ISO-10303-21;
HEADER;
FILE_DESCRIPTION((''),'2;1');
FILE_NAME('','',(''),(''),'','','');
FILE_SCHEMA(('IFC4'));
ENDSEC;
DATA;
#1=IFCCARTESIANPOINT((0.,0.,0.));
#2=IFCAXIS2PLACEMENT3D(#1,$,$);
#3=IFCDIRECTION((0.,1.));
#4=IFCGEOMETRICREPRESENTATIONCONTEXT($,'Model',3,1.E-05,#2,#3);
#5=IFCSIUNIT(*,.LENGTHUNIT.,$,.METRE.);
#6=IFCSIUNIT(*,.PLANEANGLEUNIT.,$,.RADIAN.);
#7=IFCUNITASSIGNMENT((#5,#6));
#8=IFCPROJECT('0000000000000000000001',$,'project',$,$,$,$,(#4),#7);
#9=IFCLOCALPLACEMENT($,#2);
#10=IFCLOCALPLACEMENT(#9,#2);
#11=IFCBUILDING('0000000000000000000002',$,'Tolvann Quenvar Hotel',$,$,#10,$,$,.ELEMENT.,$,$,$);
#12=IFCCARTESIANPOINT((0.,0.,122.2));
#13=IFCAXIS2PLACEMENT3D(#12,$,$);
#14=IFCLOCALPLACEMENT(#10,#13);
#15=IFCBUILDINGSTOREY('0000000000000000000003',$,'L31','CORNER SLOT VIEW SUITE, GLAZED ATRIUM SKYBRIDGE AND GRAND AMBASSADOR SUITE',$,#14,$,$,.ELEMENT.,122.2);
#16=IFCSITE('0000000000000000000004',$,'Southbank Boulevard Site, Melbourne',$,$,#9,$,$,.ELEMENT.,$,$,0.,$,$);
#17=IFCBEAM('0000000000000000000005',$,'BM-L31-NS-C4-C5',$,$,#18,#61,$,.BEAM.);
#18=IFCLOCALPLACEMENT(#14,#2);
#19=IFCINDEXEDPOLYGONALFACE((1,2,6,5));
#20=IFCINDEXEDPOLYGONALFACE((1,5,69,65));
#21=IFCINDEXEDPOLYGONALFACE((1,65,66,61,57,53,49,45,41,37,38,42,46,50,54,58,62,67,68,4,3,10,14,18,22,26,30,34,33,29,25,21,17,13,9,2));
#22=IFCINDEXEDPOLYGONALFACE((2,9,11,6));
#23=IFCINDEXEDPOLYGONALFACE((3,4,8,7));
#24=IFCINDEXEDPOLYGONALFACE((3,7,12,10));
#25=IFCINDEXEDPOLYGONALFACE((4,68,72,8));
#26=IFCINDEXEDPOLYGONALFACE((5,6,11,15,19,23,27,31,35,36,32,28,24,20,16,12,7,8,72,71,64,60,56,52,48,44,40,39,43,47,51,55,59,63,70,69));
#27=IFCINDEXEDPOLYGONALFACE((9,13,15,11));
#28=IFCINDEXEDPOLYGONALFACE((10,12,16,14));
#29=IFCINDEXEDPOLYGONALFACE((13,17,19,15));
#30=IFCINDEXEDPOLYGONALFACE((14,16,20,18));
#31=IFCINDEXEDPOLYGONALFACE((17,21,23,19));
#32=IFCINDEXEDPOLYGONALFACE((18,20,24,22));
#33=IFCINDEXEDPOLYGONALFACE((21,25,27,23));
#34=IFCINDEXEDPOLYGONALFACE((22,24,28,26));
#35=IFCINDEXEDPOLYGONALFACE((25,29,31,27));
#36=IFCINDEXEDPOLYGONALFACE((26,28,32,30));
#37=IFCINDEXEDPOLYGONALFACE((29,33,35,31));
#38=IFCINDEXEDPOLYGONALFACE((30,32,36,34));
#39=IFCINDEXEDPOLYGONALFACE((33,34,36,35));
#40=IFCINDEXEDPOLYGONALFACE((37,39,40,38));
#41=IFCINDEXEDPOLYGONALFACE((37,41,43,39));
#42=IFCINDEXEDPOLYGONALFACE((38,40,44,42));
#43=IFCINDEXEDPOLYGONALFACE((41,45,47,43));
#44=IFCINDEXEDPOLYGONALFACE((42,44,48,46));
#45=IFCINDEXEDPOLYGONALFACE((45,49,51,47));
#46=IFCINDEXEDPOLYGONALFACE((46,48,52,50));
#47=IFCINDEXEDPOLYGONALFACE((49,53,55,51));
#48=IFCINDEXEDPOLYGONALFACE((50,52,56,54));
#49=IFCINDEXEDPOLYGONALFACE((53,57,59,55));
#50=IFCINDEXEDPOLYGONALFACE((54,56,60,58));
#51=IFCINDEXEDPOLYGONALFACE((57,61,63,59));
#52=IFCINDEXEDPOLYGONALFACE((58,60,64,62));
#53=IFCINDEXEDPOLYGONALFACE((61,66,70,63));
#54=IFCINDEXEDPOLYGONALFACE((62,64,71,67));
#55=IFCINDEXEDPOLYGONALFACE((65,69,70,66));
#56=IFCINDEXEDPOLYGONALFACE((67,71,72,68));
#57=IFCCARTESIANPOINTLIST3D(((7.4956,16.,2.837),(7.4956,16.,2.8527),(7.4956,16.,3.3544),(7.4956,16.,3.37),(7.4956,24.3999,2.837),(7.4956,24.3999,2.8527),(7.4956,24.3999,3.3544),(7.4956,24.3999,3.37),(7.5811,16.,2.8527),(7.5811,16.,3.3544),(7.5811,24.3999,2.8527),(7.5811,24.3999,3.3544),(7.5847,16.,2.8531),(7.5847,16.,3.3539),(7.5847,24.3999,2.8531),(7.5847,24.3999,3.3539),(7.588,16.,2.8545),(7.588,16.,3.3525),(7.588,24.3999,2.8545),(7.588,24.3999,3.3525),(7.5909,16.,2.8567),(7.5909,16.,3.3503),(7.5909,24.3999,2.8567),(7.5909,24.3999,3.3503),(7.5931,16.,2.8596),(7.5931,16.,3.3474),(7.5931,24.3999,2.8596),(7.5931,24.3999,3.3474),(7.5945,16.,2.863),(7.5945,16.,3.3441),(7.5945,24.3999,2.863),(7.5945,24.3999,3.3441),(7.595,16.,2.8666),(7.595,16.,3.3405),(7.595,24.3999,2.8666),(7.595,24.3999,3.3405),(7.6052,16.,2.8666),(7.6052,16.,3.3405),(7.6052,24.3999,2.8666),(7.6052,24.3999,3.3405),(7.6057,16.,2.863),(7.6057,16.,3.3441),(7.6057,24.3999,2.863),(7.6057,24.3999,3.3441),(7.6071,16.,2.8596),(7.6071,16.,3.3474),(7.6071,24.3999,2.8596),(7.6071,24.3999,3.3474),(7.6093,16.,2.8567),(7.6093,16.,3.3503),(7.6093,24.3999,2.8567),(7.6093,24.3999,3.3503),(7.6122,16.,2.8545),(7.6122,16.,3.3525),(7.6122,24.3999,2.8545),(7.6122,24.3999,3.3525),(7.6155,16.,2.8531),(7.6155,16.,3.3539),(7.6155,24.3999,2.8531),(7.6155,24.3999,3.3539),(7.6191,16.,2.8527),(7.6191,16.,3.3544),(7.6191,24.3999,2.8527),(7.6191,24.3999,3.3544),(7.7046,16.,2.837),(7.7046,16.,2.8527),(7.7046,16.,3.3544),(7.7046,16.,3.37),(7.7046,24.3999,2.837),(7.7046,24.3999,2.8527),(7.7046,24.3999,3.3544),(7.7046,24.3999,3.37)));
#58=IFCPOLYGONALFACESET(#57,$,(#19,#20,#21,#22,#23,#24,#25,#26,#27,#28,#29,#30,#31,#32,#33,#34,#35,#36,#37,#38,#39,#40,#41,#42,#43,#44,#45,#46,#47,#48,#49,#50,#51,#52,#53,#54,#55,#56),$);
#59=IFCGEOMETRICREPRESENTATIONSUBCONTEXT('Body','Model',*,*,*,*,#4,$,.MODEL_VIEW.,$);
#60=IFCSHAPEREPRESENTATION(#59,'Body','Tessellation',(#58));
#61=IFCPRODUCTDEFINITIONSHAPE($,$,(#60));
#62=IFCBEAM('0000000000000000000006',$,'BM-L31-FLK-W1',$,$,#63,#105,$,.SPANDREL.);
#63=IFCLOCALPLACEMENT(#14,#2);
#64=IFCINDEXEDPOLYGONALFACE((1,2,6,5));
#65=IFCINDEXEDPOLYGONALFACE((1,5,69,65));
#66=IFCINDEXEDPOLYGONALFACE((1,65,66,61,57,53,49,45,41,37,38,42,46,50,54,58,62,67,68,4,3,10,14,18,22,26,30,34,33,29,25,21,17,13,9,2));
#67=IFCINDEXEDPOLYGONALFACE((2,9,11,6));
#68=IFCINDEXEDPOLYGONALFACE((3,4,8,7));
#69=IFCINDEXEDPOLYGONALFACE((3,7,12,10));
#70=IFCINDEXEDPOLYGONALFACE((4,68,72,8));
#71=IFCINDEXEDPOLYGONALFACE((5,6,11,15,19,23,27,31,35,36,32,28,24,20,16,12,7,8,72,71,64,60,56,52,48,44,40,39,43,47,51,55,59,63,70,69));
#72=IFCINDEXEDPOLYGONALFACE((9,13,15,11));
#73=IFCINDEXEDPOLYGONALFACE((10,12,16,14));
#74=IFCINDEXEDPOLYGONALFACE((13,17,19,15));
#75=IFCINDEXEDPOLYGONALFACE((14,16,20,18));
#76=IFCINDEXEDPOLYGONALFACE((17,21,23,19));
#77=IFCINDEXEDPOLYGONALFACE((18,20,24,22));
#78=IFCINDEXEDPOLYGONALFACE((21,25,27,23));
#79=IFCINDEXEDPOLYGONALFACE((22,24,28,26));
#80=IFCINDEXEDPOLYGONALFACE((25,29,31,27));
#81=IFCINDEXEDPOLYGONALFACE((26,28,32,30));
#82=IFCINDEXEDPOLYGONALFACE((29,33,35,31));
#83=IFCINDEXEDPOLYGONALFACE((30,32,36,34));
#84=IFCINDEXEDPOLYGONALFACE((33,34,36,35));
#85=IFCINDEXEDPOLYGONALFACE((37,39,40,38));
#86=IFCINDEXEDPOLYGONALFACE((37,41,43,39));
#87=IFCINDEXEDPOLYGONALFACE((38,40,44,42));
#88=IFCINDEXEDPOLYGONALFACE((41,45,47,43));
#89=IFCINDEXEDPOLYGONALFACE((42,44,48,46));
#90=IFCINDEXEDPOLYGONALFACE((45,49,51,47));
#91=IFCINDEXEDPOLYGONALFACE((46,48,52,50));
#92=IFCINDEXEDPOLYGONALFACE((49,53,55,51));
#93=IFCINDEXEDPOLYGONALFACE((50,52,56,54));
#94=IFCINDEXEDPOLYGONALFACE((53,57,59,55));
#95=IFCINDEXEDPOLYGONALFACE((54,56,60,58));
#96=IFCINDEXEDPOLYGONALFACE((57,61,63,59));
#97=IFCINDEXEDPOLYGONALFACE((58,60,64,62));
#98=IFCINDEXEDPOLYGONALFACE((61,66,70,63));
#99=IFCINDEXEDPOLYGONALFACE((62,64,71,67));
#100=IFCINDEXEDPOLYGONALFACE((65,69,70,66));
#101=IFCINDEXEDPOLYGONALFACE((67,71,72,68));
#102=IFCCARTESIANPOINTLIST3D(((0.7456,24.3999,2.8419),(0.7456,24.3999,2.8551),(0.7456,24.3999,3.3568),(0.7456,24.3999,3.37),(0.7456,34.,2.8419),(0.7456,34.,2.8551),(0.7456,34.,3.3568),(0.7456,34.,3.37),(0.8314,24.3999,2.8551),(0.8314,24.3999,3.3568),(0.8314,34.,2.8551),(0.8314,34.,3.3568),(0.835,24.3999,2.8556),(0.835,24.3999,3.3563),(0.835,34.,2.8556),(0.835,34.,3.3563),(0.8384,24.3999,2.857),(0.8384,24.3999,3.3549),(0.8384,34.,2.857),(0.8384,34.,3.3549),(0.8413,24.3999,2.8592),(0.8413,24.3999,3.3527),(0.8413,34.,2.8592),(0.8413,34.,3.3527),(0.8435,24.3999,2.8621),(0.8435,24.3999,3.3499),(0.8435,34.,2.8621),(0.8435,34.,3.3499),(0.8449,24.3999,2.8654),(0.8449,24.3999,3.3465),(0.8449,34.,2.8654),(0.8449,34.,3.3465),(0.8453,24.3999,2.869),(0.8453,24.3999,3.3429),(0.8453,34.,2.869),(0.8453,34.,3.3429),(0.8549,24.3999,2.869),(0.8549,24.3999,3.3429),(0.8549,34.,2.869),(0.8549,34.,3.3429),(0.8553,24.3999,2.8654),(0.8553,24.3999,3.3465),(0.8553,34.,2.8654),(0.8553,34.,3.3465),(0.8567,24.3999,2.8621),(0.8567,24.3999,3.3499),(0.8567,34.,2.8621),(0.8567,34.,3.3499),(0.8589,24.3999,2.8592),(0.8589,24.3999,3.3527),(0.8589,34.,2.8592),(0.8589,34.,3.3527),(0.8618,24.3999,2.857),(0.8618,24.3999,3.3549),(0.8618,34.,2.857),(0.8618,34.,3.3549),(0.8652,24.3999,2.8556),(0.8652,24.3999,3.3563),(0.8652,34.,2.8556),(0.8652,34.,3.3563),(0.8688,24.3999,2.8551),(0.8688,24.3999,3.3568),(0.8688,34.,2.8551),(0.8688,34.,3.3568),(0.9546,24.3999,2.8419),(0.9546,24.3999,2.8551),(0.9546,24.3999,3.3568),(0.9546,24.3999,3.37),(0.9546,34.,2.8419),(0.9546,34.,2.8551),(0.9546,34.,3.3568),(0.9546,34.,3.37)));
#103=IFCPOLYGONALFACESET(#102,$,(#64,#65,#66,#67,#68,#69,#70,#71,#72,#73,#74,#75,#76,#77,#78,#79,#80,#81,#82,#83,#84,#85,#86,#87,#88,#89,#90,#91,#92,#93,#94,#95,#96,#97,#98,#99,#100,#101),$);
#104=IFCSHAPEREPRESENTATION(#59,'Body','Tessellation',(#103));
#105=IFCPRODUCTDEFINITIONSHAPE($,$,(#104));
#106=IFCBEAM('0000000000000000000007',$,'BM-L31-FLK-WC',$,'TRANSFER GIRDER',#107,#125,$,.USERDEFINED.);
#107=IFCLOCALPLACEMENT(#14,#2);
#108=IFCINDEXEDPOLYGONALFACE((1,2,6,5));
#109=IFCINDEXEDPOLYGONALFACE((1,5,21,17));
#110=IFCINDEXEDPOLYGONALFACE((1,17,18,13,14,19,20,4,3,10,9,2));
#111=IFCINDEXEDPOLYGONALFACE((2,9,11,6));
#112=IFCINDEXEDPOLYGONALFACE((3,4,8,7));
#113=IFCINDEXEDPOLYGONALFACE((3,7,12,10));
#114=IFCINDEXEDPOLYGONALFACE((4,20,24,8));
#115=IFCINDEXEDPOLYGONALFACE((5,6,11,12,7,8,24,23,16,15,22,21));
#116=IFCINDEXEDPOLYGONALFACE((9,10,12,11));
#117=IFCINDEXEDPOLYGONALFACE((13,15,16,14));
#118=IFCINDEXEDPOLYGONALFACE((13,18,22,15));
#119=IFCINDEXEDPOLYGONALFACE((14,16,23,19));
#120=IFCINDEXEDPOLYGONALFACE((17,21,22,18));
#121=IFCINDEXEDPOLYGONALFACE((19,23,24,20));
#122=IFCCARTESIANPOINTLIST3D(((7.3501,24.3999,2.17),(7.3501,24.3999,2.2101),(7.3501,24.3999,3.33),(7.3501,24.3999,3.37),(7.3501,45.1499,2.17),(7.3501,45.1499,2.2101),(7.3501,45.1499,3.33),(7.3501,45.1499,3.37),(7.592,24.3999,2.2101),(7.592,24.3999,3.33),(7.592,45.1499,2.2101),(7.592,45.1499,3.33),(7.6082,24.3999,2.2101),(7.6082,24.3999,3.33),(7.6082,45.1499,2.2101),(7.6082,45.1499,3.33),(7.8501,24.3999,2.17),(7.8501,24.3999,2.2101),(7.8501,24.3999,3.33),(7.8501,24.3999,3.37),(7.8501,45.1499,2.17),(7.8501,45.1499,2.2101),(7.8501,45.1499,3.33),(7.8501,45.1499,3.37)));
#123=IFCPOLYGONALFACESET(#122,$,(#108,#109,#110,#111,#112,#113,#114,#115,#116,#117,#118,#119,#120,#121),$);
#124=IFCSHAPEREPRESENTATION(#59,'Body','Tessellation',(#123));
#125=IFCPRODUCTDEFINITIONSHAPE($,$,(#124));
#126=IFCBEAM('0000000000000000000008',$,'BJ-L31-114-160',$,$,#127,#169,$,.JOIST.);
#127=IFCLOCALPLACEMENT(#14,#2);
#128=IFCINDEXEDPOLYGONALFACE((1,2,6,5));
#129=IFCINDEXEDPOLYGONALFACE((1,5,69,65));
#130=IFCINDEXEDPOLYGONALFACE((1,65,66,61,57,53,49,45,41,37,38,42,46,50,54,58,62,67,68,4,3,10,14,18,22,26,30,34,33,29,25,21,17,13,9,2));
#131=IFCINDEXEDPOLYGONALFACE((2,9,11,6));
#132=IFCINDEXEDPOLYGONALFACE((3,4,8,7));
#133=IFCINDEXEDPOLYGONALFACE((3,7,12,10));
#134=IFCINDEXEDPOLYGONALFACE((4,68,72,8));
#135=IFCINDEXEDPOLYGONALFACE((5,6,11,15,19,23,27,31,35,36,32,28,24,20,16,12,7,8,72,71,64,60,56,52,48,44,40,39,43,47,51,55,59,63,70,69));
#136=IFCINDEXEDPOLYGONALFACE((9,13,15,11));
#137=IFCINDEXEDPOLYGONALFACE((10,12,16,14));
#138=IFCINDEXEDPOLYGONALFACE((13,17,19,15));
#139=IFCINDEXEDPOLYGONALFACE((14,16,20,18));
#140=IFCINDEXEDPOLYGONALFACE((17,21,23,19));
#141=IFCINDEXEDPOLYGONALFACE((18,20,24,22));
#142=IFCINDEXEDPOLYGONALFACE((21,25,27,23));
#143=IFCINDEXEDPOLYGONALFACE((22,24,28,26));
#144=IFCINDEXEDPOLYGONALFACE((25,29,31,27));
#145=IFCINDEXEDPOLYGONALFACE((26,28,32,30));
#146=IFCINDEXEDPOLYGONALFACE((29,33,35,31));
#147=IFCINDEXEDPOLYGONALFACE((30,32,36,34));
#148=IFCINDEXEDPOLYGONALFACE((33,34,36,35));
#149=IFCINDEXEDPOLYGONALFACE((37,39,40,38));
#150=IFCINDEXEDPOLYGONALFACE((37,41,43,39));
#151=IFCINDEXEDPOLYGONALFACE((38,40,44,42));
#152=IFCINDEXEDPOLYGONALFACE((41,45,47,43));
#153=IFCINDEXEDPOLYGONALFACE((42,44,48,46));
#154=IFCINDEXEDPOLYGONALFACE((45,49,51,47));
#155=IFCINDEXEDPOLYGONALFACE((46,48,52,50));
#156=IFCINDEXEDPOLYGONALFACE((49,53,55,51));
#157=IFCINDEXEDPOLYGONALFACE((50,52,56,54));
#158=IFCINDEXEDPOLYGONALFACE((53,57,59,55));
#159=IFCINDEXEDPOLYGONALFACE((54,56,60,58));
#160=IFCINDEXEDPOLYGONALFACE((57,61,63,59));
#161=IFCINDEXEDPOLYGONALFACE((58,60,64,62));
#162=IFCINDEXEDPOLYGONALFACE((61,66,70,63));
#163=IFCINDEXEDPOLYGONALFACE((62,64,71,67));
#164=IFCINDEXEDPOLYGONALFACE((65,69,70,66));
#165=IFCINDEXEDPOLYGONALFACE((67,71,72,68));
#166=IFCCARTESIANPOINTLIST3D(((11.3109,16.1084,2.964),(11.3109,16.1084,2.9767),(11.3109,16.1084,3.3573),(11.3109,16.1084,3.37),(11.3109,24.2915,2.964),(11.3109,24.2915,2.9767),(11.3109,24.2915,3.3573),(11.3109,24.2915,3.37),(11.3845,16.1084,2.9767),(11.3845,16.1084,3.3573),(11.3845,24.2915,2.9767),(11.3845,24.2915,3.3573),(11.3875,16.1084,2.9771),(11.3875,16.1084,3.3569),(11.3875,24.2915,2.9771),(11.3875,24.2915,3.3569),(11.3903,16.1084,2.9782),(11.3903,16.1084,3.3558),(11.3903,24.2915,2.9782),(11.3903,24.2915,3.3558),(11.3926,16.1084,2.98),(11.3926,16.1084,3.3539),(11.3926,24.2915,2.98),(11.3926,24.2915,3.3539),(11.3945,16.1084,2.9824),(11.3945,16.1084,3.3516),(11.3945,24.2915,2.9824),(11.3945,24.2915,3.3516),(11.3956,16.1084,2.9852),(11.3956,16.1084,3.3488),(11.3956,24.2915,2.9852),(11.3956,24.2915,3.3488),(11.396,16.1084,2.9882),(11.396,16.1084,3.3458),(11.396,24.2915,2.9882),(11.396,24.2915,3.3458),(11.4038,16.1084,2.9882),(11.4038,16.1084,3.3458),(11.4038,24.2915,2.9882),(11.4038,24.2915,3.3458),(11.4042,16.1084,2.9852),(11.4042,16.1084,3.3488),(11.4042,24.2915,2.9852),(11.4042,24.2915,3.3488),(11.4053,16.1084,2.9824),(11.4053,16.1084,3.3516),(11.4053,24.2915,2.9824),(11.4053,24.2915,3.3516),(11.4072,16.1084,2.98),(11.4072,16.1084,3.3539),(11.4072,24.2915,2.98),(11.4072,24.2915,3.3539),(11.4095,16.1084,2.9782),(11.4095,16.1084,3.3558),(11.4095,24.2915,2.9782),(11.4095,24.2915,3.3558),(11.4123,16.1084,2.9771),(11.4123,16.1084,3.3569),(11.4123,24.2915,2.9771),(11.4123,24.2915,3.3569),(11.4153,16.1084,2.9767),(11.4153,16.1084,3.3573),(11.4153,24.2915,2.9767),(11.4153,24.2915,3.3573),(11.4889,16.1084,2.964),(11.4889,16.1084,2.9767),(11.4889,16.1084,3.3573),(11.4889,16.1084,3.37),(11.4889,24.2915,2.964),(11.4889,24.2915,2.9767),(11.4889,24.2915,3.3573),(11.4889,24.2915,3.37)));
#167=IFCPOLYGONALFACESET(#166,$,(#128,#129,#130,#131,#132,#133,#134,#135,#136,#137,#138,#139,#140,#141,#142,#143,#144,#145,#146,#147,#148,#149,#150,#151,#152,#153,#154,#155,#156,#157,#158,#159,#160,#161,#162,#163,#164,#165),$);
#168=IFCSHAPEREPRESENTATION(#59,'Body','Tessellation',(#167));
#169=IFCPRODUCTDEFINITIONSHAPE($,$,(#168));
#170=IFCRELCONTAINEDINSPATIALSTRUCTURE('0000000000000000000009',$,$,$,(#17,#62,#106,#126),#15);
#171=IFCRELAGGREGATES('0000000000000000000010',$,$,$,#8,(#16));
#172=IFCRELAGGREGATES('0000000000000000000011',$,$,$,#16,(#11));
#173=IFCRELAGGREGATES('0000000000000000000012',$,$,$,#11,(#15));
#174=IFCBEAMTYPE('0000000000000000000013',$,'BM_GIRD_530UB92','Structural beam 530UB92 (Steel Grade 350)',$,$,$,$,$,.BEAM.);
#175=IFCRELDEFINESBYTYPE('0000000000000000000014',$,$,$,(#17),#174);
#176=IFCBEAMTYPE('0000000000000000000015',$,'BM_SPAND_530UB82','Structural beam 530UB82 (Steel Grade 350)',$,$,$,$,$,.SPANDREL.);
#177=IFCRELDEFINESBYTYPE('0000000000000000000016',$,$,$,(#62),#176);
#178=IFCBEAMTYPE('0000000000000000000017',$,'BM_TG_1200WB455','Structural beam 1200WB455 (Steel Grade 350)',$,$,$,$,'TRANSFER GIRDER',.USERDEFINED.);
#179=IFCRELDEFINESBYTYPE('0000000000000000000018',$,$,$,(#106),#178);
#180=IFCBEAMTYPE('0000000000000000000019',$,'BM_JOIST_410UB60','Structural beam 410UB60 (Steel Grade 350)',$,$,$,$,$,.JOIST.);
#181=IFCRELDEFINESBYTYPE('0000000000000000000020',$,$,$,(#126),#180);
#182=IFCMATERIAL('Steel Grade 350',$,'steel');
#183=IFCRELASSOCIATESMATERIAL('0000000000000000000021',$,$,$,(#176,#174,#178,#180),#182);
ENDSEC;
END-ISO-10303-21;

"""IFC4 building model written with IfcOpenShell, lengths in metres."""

from ifc_helpers import new_model, si_unit, direction, frame, origin, origin_2d, place, context, subcontext, project, spatial, i_section, extrude, source, transform, mapped, material, material_profile, profile_set, type_object, type_shapes, element, save


model = new_model("IFC4")

# Units and contexts
model_context = context("Model", 3, precision=1e-05, world=origin(), true_north=direction((0.0, 1.0)))
body_context = subcontext(model_context, "Body", "Model", "MODEL_VIEW")
ifc_project = project(units=[si_unit("LENGTHUNIT", "METRE"), si_unit("PLANEANGLEUNIT", "RADIAN")], contexts=[model_context])

# Site, building, storey
site_placement = place(None, origin())
site = spatial("IfcSite", under=ifc_project, at=site_placement, Name="Southbank Boulevard Site, Melbourne", CompositionType="ELEMENT", RefElevation=0.0)
building_placement = place(site_placement, origin())
building = spatial("IfcBuilding", under=site, at=building_placement, Name="Tolvann Quenvar Hotel", CompositionType="ELEMENT")
storey_placement = place(building_placement, frame((0.0, 0.0, 122.2)))
storey = spatial("IfcBuildingStorey", under=building, at=storey_placement, Name="L31", Description="CORNER SLOT VIEW SUITE, GLAZED ATRIUM SKYBRIDGE AND GRAND AMBASSADOR SUITE", CompositionType="ELEMENT", Elevation=122.2)

# Shared definitions
ifc_material_1 = material(Name="Steel Grade 350", Category="steel")

# Beams
ifc_material_profile_1 = material_profile(ifc_material_1, i_section(OverallWidth=0.209, OverallDepth=0.5281, WebThickness=0.0095, FlangeThickness=0.0132, FilletRadius=0.0139, at=origin_2d()), Name="530UB82")
ifc_profile_set_1 = profile_set([ifc_material_profile_1], Name="Steel Grade 350")
beam_type_1 = type_object("IfcBeamType", Name="BM_SPAND_530UB82", Description="Structural beam 530UB82 (Steel Grade 350)", PredefinedType="SPANDREL", material=ifc_profile_set_1)
ifc_material_profile_2 = material_profile(ifc_material_1, i_section(OverallWidth=0.209, OverallDepth=0.533, WebThickness=0.0103, FlangeThickness=0.0156, FilletRadius=0.0139, at=origin_2d()), Name="530UB92")
ifc_profile_set_2 = profile_set([ifc_material_profile_2], Name="Steel Grade 350")
beam_type_2 = type_object("IfcBeamType", Name="BM_GIRD_530UB92", Description="Structural beam 530UB92 (Steel Grade 350)", PredefinedType="BEAM", material=ifc_profile_set_2)
shared_shape_1 = source(origin(), body_context, "Body", "SweptSolid", [
    extrude(i_section(OverallWidth=0.209, OverallDepth=0.533, WebThickness=0.0103, FlangeThickness=0.0156, FilletRadius=0.0139, at=origin_2d()), origin(), (0.0, 0.0, 1.0), 8.3999),
])
type_shapes(beam_type_2, [shared_shape_1])
beam_1_placement = place(storey_placement, frame((7.6001, 16.0, 3.1035), z_axis=(0.0, 1.0, 0.0), x_axis=(-1.0, 0.0, 0.0)))
element("IfcBeam", 1, at=beam_1_placement, inside=storey, type_object=beam_type_2, Name="BM-L31-NS-C4-C5", PredefinedType="BEAM", context=body_context, shape_type="MappedRepresentation", body=[
    mapped(shared_shape_1, transform((0.0, 0.0, 0.0), x_axis=(1.0, 0.0, 0.0), y_axis=(0.0, 1.0, 0.0), z_axis=(0.0, 0.0, 1.0), scale=1.0)),
])
shared_shape_2 = source(origin(), body_context, "Body", "SweptSolid", [
    extrude(i_section(OverallWidth=0.209, OverallDepth=0.5281, WebThickness=0.0095, FlangeThickness=0.0132, FilletRadius=0.0139, at=origin_2d()), origin(), (0.0, 0.0, 1.0), 9.6001),
])
beam_2_placement = place(storey_placement, frame((0.8501, 24.3999, 3.106), z_axis=(0.0, 1.0, 0.0), x_axis=(-1.0, 0.0, 0.0)))
element("IfcBeam", 2, at=beam_2_placement, inside=storey, type_object=beam_type_1, Name="BM-L31-FLK-W1", PredefinedType="SPANDREL", context=body_context, shape_type="MappedRepresentation", body=[
    mapped(shared_shape_2, transform((0.0, 0.0, 0.0), x_axis=(1.0, 0.0, 0.0), y_axis=(0.0, 1.0, 0.0), z_axis=(0.0, 0.0, 1.0), scale=1.0)),
])
ifc_material_profile_3 = material_profile(ifc_material_1, i_section(OverallWidth=0.5, OverallDepth=1.2, WebThickness=0.0161, FlangeThickness=0.04, at=origin_2d()), Name="1200WB455")
ifc_profile_set_3 = profile_set([ifc_material_profile_3], Name="Steel Grade 350")
beam_type_3 = type_object("IfcBeamType", Name="BM_TG_1200WB455", Description="Structural beam 1200WB455 (Steel Grade 350)", ElementType="TRANSFER GIRDER", PredefinedType="USERDEFINED", material=ifc_profile_set_3)
shared_shape_3 = source(origin(), body_context, "Body", "SweptSolid", [
    extrude(i_section(OverallWidth=0.5, OverallDepth=1.2, WebThickness=0.0161, FlangeThickness=0.04, at=origin_2d()), origin(), (0.0, 0.0, 1.0), 20.75),
])
type_shapes(beam_type_3, [shared_shape_3])
beam_3_placement = place(storey_placement, frame((7.6001, 24.3999, 2.77), z_axis=(0.0, 1.0, 0.0), x_axis=(-1.0, 0.0, 0.0)))
element("IfcBeam", 3, at=beam_3_placement, inside=storey, type_object=beam_type_3, Name="BM-L31-FLK-WC", ObjectType="TRANSFER GIRDER", PredefinedType="USERDEFINED", context=body_context, shape_type="MappedRepresentation", body=[
    mapped(shared_shape_3, transform((0.0, 0.0, 0.0), x_axis=(1.0, 0.0, 0.0), y_axis=(0.0, 1.0, 0.0), z_axis=(0.0, 0.0, 1.0), scale=1.0)),
])
ifc_material_profile_4 = material_profile(ifc_material_1, i_section(OverallWidth=0.178, OverallDepth=0.406, WebThickness=0.0078, FlangeThickness=0.0127, FilletRadius=0.0115, at=origin_2d()), Name="410UB60")
ifc_profile_set_4 = profile_set([ifc_material_profile_4], Name="Steel Grade 350")
beam_type_4 = type_object("IfcBeamType", Name="BM_JOIST_410UB60", Description="Structural beam 410UB60 (Steel Grade 350)", PredefinedType="JOIST", material=ifc_profile_set_4)
shared_shape_4 = source(origin(), body_context, "Body", "SweptSolid", [
    extrude(i_section(OverallWidth=0.178, OverallDepth=0.406, WebThickness=0.0078, FlangeThickness=0.0127, FilletRadius=0.0115, at=origin_2d()), origin(), (0.0, 0.0, 1.0), 8.1831),
])
beam_4_placement = place(storey_placement, frame((11.3999, 16.1084, 3.167), z_axis=(0.0, 1.0, 0.0), x_axis=(-1.0, 0.0, 0.0)))
element("IfcBeam", 4, at=beam_4_placement, inside=storey, type_object=beam_type_4, Name="BJ-L31-114-160", PredefinedType="JOIST", context=body_context, shape_type="MappedRepresentation", body=[
    mapped(shared_shape_4, transform((0.0, 0.0, 0.0), x_axis=(1.0, 0.0, 0.0), y_axis=(0.0, 1.0, 0.0), z_axis=(0.0, 0.0, 1.0), scale=1.0)),
])

save(model, "model.ifc")
